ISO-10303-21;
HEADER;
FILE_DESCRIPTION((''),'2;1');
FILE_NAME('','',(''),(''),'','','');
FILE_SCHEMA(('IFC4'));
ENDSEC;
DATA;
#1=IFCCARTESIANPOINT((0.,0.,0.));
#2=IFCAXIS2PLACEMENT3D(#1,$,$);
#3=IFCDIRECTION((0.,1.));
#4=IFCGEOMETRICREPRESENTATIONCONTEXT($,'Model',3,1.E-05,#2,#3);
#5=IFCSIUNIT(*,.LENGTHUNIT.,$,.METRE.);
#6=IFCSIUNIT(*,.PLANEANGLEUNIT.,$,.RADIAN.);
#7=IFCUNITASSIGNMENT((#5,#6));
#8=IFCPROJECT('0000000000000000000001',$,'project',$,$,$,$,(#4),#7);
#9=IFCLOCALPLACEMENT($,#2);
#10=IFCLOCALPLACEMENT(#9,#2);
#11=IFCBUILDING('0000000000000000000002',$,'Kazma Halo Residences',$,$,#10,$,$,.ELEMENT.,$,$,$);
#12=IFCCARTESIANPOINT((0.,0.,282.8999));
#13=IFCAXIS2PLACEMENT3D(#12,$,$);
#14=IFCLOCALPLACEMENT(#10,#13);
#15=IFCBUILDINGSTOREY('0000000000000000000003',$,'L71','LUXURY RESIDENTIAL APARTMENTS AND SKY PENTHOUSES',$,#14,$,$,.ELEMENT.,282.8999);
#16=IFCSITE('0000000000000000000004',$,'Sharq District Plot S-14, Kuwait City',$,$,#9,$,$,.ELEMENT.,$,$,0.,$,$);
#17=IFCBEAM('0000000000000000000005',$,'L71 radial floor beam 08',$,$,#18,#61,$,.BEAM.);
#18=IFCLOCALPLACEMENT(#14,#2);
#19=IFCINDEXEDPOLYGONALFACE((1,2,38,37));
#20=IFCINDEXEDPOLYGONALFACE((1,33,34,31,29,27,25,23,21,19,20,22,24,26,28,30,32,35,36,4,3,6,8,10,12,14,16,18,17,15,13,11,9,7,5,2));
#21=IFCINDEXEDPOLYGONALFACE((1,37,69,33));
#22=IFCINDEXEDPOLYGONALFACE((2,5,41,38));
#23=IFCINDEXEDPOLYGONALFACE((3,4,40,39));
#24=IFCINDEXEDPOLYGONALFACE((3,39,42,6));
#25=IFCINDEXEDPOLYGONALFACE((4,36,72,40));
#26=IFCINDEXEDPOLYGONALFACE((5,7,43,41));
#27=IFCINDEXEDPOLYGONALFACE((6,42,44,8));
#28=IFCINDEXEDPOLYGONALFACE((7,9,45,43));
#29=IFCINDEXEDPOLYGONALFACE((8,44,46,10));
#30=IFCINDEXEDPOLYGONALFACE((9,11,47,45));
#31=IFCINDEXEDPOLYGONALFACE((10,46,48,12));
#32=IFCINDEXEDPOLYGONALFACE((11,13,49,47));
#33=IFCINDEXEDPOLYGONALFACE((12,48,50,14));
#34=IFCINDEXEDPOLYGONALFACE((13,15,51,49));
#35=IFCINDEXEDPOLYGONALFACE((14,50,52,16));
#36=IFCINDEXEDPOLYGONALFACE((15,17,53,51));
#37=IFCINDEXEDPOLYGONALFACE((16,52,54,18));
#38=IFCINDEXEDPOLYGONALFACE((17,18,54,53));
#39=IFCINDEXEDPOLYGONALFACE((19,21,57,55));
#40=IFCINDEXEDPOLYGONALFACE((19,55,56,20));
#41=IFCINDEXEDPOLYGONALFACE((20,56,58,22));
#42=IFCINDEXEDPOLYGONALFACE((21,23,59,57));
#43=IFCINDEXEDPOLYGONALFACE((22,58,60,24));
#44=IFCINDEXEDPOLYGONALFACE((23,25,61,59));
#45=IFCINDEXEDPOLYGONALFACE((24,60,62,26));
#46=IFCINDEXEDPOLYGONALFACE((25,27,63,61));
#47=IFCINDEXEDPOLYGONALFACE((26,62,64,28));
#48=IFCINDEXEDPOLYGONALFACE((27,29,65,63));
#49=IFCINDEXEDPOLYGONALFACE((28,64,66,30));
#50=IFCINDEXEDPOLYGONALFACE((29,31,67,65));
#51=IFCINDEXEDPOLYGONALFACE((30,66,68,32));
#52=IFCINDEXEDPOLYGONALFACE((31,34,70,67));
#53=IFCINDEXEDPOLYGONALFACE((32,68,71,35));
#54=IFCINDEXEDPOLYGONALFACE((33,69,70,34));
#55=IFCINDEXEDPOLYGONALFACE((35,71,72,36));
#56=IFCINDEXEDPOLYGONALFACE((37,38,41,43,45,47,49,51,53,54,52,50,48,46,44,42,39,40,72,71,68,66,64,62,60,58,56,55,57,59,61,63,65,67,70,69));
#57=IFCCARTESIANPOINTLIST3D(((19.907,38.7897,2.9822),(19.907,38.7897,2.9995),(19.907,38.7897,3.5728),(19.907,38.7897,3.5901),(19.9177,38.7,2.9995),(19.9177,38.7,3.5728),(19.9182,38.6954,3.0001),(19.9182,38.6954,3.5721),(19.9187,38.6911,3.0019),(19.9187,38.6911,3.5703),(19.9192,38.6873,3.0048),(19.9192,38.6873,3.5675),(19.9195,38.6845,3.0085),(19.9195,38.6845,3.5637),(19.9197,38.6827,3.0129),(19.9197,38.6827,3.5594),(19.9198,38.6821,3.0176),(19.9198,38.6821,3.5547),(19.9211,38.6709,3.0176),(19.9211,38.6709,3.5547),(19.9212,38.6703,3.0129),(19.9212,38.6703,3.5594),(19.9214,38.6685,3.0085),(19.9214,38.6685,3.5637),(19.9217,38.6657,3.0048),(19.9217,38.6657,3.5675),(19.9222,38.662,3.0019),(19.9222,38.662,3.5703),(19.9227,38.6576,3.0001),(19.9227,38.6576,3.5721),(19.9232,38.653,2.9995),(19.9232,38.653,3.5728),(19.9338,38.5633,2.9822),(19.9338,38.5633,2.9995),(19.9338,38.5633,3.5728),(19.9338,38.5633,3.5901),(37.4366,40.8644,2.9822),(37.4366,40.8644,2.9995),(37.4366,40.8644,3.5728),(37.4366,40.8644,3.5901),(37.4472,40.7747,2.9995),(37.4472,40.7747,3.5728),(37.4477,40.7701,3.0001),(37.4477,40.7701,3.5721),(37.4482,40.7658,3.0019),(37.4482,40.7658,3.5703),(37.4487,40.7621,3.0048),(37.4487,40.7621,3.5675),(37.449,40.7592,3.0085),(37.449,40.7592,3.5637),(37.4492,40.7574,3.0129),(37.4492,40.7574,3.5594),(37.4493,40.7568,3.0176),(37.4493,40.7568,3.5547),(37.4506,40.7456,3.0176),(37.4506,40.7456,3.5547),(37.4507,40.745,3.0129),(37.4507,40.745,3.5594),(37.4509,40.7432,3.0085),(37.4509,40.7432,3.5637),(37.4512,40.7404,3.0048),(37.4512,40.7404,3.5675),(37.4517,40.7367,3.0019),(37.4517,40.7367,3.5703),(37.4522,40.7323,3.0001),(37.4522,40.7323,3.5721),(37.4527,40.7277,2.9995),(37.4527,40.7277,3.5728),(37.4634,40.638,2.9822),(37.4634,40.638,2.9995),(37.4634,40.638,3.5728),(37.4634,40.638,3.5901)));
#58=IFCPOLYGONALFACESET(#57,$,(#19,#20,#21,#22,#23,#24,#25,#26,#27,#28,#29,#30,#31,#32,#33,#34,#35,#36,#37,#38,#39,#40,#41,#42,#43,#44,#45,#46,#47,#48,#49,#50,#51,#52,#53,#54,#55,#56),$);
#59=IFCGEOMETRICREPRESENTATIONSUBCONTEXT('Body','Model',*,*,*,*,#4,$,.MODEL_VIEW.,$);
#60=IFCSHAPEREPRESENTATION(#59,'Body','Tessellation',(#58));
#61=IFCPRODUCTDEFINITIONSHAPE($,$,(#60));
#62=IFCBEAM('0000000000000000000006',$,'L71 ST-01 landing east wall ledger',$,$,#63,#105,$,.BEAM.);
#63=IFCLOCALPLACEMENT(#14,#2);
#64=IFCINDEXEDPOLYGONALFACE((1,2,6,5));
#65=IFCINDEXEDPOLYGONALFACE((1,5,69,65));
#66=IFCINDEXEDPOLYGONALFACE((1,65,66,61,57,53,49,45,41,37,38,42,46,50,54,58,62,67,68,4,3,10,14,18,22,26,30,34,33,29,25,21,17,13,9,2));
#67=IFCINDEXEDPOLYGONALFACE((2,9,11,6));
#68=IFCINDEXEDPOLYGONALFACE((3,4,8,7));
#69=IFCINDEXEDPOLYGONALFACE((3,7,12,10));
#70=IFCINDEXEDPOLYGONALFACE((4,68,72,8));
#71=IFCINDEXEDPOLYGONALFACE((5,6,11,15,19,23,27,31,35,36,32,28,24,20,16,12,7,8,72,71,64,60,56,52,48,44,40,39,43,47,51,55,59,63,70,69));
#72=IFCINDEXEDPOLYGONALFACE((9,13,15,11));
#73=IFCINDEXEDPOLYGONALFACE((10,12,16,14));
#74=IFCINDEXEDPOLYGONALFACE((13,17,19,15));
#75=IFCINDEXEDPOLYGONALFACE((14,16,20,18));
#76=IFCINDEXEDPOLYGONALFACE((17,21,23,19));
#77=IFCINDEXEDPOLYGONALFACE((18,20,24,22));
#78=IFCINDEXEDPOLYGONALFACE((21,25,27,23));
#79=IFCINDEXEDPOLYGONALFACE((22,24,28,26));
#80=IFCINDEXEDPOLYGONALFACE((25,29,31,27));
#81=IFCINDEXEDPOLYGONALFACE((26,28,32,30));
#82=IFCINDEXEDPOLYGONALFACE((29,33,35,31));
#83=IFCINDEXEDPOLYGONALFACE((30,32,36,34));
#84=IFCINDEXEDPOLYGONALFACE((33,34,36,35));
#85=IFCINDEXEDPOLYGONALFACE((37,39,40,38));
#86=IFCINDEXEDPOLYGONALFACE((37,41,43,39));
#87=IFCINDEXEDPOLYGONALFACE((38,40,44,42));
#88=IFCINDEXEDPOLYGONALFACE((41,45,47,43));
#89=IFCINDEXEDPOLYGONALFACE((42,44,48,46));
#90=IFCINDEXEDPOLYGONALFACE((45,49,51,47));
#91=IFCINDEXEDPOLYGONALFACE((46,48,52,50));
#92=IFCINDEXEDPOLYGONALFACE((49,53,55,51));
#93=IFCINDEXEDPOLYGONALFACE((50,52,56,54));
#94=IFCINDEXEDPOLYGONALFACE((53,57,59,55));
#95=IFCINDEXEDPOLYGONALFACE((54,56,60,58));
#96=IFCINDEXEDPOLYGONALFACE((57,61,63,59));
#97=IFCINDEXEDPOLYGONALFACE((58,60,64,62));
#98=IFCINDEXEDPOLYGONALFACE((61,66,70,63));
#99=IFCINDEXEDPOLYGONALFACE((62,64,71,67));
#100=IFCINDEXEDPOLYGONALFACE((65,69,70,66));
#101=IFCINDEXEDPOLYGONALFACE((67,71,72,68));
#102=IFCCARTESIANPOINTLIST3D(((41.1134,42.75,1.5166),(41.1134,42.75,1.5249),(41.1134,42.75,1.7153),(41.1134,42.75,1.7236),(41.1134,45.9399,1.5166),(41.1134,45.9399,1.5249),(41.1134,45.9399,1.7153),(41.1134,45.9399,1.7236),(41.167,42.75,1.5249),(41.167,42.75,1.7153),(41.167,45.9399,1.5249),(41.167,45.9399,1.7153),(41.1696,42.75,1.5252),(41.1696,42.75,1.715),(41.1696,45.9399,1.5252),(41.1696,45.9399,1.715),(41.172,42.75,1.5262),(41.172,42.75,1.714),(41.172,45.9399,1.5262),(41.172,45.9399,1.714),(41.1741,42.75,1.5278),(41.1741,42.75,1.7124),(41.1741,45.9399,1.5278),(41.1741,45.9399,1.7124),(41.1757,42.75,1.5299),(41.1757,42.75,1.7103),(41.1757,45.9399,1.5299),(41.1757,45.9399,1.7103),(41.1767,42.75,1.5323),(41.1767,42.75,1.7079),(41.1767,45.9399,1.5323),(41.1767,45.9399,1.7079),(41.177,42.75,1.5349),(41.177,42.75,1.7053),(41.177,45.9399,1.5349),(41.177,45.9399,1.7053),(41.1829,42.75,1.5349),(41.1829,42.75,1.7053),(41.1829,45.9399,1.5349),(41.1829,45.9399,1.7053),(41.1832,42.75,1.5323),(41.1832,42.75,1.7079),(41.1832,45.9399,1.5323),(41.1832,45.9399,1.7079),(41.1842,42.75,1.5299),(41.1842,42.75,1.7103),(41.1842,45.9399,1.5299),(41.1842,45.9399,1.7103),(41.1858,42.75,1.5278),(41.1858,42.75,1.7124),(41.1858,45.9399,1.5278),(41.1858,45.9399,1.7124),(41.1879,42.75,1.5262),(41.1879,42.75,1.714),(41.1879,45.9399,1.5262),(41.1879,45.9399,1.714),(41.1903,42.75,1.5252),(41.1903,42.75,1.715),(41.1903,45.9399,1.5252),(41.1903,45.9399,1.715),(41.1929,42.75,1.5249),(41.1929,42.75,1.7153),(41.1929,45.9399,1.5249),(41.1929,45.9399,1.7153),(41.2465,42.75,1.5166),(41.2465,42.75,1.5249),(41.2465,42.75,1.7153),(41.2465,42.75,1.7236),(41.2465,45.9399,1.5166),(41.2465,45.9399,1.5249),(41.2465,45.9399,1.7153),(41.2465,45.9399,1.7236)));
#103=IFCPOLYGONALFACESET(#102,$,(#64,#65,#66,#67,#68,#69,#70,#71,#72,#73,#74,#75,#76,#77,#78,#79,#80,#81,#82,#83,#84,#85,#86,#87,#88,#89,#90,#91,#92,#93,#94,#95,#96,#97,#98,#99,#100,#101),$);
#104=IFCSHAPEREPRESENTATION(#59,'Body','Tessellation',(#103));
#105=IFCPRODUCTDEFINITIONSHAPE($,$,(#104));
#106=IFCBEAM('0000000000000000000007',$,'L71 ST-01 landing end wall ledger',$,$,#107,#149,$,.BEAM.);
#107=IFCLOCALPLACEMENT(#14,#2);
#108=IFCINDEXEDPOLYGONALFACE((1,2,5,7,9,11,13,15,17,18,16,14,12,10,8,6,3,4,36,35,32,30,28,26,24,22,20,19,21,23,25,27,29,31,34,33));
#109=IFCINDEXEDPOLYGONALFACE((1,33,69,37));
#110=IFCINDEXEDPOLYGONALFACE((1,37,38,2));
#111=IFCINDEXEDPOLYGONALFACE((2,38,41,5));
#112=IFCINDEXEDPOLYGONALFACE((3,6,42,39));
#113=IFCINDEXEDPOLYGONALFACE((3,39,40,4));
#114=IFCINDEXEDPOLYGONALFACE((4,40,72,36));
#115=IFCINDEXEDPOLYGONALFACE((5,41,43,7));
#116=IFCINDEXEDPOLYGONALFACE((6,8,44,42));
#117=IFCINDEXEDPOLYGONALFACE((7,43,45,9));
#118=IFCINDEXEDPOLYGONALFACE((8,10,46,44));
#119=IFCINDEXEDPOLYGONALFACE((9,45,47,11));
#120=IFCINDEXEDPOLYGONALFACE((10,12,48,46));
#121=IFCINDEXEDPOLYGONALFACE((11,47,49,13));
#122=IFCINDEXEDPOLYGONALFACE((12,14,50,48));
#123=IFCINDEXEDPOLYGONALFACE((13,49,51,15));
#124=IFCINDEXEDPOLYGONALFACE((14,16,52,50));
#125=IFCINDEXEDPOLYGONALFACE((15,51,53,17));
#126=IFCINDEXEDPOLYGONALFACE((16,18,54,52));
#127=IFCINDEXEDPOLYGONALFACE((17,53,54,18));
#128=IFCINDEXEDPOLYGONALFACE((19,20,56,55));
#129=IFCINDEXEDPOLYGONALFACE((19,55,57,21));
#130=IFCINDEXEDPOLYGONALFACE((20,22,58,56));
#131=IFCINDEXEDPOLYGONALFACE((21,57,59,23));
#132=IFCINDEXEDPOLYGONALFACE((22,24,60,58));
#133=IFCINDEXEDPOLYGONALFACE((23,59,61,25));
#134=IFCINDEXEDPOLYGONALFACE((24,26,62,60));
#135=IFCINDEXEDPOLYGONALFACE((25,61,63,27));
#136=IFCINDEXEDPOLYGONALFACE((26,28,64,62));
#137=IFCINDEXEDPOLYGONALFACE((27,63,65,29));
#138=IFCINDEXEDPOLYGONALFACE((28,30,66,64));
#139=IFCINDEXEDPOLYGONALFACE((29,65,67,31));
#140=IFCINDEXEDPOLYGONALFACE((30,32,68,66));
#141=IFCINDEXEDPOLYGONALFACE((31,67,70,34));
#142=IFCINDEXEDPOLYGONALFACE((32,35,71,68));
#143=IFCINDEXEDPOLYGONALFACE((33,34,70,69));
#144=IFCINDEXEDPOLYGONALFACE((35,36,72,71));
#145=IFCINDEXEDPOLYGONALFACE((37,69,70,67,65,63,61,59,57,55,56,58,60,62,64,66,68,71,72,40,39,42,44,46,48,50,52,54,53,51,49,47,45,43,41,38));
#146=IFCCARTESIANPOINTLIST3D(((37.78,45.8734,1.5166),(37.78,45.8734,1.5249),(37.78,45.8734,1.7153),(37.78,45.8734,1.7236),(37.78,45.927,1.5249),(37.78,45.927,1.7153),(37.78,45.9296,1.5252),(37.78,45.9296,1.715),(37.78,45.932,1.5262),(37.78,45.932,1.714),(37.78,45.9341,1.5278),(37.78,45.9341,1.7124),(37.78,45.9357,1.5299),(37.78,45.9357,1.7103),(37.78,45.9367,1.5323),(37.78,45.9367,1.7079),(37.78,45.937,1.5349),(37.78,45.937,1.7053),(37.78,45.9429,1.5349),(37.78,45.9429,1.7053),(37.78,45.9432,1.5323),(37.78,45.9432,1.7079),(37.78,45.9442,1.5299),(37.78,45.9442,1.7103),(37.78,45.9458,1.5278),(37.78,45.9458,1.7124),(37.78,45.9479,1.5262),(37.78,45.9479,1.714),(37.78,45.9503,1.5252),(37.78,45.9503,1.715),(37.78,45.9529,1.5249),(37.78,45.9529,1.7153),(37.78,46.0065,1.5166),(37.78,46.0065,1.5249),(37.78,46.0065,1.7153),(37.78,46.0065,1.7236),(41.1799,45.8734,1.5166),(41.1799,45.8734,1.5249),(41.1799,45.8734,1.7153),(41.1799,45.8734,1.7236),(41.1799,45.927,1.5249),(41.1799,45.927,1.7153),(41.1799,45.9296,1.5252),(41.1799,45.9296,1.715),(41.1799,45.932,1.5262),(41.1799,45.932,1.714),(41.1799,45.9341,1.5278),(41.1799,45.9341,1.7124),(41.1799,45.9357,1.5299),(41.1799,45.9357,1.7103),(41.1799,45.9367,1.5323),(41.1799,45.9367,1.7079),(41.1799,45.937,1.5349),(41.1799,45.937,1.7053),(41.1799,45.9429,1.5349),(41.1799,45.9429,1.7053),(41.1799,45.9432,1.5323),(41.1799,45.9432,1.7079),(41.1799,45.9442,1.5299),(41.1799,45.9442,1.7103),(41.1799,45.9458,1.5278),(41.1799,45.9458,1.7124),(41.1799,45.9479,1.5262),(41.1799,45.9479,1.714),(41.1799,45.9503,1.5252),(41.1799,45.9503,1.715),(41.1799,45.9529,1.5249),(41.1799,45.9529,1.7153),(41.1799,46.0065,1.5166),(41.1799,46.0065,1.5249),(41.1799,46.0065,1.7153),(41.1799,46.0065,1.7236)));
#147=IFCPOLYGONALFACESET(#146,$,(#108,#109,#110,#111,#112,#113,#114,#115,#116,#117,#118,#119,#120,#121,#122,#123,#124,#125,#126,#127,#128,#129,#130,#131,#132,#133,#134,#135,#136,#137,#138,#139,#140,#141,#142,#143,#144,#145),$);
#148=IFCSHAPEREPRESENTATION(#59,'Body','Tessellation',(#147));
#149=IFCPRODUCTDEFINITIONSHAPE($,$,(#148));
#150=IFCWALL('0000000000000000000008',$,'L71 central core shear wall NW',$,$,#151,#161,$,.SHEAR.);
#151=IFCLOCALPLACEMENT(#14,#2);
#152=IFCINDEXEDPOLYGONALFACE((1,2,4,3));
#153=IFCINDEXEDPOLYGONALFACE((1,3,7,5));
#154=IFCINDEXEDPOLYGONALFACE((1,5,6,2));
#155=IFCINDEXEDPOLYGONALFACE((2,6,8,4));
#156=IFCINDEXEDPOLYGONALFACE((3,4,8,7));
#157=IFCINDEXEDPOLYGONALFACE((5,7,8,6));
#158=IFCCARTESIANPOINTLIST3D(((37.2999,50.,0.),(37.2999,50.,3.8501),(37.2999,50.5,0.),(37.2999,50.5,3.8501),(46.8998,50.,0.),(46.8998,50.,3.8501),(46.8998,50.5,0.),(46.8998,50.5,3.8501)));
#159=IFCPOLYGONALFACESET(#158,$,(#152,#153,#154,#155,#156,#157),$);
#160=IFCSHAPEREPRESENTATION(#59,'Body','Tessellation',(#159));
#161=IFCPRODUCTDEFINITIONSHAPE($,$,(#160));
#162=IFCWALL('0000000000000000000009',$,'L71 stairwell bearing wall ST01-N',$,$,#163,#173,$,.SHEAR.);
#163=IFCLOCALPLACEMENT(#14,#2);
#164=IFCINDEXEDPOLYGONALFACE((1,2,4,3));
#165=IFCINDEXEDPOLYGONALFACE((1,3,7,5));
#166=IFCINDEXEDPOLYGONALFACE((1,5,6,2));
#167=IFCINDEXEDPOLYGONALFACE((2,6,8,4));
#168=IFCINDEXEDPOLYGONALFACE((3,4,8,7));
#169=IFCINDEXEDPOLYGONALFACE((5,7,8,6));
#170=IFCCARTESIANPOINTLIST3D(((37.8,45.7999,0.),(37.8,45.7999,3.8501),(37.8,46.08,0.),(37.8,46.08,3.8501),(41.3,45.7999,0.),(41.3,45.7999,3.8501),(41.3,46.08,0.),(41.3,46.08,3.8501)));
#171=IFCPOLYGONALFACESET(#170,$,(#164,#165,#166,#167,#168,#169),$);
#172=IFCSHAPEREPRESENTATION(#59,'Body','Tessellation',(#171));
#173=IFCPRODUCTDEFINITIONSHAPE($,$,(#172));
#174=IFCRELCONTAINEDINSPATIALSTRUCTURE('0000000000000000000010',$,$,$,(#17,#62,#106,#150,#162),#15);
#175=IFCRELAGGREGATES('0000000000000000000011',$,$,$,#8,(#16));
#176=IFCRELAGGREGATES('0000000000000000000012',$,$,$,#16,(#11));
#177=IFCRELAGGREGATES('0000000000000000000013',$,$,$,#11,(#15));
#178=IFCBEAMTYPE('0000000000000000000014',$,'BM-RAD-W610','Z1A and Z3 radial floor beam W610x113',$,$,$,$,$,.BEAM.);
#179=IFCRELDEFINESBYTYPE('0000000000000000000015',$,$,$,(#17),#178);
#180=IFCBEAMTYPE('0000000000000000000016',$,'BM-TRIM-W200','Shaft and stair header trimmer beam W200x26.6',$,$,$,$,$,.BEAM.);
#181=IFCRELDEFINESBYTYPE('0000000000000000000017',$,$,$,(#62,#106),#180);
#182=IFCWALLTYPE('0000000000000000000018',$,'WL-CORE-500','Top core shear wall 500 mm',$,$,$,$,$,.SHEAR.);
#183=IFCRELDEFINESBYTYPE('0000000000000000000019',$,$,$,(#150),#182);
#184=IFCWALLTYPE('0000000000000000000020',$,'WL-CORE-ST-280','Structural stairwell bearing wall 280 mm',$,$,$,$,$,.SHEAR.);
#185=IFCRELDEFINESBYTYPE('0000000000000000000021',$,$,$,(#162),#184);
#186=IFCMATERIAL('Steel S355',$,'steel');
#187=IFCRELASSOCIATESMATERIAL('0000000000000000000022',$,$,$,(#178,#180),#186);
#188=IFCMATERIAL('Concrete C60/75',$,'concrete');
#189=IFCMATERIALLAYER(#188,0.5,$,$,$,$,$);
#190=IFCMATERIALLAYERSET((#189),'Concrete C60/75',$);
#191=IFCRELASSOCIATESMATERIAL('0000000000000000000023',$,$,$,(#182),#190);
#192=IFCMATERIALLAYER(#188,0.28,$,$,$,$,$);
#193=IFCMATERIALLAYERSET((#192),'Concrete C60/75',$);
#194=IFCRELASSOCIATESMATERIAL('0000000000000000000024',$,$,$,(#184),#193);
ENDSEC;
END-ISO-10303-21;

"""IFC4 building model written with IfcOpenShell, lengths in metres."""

from ifc_helpers import new_model, si_unit, direction, frame, frame_2d, origin, origin_2d, place, context, subcontext, project, spatial, rectangle, i_section, extrude, material, layer, layer_set, material_profile, profile_set, type_object, element, save


model = new_model("IFC4")

# Units and contexts
model_context = context("Model", 3, precision=1e-05, world=origin(), true_north=direction((0.0, 1.0)))
body_context = subcontext(model_context, "Body", "Model", "MODEL_VIEW")
ifc_project = project(units=[si_unit("LENGTHUNIT", "METRE"), si_unit("PLANEANGLEUNIT", "RADIAN")], contexts=[model_context])

# Site, building, storey
site_placement = place(None, origin())
site = spatial("IfcSite", under=ifc_project, at=site_placement, Name="Sharq District Plot S-14, Kuwait City", CompositionType="ELEMENT", RefElevation=0.0)
building_placement = place(site_placement, origin())
building = spatial("IfcBuilding", under=site, at=building_placement, Name="Kazma Halo Residences", CompositionType="ELEMENT")
storey_placement = place(building_placement, frame((0.0, 0.0, 282.8999)))
storey = spatial("IfcBuildingStorey", under=building, at=storey_placement, Name="L71", Description="LUXURY RESIDENTIAL APARTMENTS AND SKY PENTHOUSES", CompositionType="ELEMENT", Elevation=282.8999)

# Shared definitions
ifc_material_1 = material(Name="Steel S355", Category="steel")

# Beams
ifc_material_profile_1 = material_profile(ifc_material_1, i_section(OverallWidth=0.228, OverallDepth=0.6079, WebThickness=0.0112, FlangeThickness=0.0173, FilletRadius=0.0181, at=origin_2d()), Name="W610x113")
ifc_profile_set_1 = profile_set([ifc_material_profile_1], Name="Steel S355")
beam_type_1 = type_object("IfcBeamType", Name="BM-RAD-W610", Description="Z1A and Z3 radial floor beam W610x113", PredefinedType="BEAM", material=ifc_profile_set_1)
beam_1_placement = place(storey_placement, frame((37.45, 40.7512, 3.2861), z_axis=(-0.993069, -0.117535, 0.0), x_axis=(0.117535, -0.993069, 0.0)))
element("IfcBeam", 1, at=beam_1_placement, inside=storey, type_object=beam_type_1, Name="L71 radial floor beam 08", PredefinedType="BEAM", context=body_context, shape_type="SweptSolid", body=[
    extrude(i_section(OverallWidth=0.228, OverallDepth=0.6079, WebThickness=0.0112, FlangeThickness=0.0173, FilletRadius=0.0181, at=origin_2d()), origin(), (0.0, 0.0, 1.0), 17.6519),
])
ifc_material_profile_2 = material_profile(ifc_material_1, i_section(OverallWidth=0.1331, OverallDepth=0.207, WebThickness=0.0059, FlangeThickness=0.0083, FilletRadius=0.01, at=origin_2d()), Name="W200x26.6")
ifc_profile_set_2 = profile_set([ifc_material_profile_2], Name="Steel S355")
beam_type_2 = type_object("IfcBeamType", Name="BM-TRIM-W200", Description="Shaft and stair header trimmer beam W200x26.6", PredefinedType="BEAM", material=ifc_profile_set_2)
beam_2_placement = place(storey_placement, frame((41.1799, 42.75, 1.6201), z_axis=(0.0, 1.0, 0.0), x_axis=(-1.0, 0.0, 0.0)))
element("IfcBeam", 2, at=beam_2_placement, inside=storey, type_object=beam_type_2, Name="L71 ST-01 landing east wall ledger", PredefinedType="BEAM", context=body_context, shape_type="SweptSolid", body=[
    extrude(i_section(OverallWidth=0.1331, OverallDepth=0.207, WebThickness=0.0059, FlangeThickness=0.0083, FilletRadius=0.01, at=origin_2d()), origin(), (0.0, 0.0, 1.0), 3.1899),
])
beam_3_placement = place(storey_placement, frame((37.78, 45.9399, 1.6201), z_axis=(1.0, 0.0, 0.0), x_axis=(0.0, 1.0, 0.0)))
element("IfcBeam", 3, at=beam_3_placement, inside=storey, type_object=beam_type_2, Name="L71 ST-01 landing end wall ledger", PredefinedType="BEAM", context=body_context, shape_type="SweptSolid", body=[
    extrude(i_section(OverallWidth=0.1331, OverallDepth=0.207, WebThickness=0.0059, FlangeThickness=0.0083, FilletRadius=0.01, at=origin_2d()), origin(), (0.0, 0.0, 1.0), 3.3999),
])

# Walls
ifc_material_2 = material(Name="Concrete C60/75", Category="concrete")
ifc_layer_1 = layer(ifc_material_2, 0.5)
ifc_layer_set_1 = layer_set([ifc_layer_1], Name="Concrete C60/75")
wall_type_1 = type_object("IfcWallType", Name="WL-CORE-500", Description="Top core shear wall 500 mm", PredefinedType="SHEAR", material=ifc_layer_set_1)
wall_1_placement = place(storey_placement, frame((37.3, 50.25, 0.0), z_axis=(0.0, 0.0, 1.0), x_axis=(1.0, 0.0, 0.0)))
element("IfcWall", 4, at=wall_1_placement, inside=storey, type_object=wall_type_1, Name="L71 central core shear wall NW", PredefinedType="SHEAR", context=body_context, shape_type="SweptSolid", body=[
    extrude(rectangle(XDim=9.5999, YDim=0.5, at=frame_2d((4.7998, 0.0))), origin(), (0.0, 0.0, 1.0), 3.8501),
])
ifc_layer_2 = layer(ifc_material_2, 0.28)
ifc_layer_set_2 = layer_set([ifc_layer_2], Name="Concrete C60/75")
wall_type_2 = type_object("IfcWallType", Name="WL-CORE-ST-280", Description="Structural stairwell bearing wall 280 mm", PredefinedType="SHEAR", material=ifc_layer_set_2)
wall_2_placement = place(storey_placement, frame((37.8, 45.9399, 0.0), z_axis=(0.0, 0.0, 1.0), x_axis=(1.0, 0.0, 0.0)))
element("IfcWall", 5, at=wall_2_placement, inside=storey, type_object=wall_type_2, Name="L71 stairwell bearing wall ST01-N", PredefinedType="SHEAR", context=body_context, shape_type="SweptSolid", body=[
    extrude(rectangle(XDim=3.5, YDim=0.28, at=frame_2d((1.75, 0.0))), origin(), (0.0, 0.0, 1.0), 3.8501),
])

save(model, "model.ifc")
